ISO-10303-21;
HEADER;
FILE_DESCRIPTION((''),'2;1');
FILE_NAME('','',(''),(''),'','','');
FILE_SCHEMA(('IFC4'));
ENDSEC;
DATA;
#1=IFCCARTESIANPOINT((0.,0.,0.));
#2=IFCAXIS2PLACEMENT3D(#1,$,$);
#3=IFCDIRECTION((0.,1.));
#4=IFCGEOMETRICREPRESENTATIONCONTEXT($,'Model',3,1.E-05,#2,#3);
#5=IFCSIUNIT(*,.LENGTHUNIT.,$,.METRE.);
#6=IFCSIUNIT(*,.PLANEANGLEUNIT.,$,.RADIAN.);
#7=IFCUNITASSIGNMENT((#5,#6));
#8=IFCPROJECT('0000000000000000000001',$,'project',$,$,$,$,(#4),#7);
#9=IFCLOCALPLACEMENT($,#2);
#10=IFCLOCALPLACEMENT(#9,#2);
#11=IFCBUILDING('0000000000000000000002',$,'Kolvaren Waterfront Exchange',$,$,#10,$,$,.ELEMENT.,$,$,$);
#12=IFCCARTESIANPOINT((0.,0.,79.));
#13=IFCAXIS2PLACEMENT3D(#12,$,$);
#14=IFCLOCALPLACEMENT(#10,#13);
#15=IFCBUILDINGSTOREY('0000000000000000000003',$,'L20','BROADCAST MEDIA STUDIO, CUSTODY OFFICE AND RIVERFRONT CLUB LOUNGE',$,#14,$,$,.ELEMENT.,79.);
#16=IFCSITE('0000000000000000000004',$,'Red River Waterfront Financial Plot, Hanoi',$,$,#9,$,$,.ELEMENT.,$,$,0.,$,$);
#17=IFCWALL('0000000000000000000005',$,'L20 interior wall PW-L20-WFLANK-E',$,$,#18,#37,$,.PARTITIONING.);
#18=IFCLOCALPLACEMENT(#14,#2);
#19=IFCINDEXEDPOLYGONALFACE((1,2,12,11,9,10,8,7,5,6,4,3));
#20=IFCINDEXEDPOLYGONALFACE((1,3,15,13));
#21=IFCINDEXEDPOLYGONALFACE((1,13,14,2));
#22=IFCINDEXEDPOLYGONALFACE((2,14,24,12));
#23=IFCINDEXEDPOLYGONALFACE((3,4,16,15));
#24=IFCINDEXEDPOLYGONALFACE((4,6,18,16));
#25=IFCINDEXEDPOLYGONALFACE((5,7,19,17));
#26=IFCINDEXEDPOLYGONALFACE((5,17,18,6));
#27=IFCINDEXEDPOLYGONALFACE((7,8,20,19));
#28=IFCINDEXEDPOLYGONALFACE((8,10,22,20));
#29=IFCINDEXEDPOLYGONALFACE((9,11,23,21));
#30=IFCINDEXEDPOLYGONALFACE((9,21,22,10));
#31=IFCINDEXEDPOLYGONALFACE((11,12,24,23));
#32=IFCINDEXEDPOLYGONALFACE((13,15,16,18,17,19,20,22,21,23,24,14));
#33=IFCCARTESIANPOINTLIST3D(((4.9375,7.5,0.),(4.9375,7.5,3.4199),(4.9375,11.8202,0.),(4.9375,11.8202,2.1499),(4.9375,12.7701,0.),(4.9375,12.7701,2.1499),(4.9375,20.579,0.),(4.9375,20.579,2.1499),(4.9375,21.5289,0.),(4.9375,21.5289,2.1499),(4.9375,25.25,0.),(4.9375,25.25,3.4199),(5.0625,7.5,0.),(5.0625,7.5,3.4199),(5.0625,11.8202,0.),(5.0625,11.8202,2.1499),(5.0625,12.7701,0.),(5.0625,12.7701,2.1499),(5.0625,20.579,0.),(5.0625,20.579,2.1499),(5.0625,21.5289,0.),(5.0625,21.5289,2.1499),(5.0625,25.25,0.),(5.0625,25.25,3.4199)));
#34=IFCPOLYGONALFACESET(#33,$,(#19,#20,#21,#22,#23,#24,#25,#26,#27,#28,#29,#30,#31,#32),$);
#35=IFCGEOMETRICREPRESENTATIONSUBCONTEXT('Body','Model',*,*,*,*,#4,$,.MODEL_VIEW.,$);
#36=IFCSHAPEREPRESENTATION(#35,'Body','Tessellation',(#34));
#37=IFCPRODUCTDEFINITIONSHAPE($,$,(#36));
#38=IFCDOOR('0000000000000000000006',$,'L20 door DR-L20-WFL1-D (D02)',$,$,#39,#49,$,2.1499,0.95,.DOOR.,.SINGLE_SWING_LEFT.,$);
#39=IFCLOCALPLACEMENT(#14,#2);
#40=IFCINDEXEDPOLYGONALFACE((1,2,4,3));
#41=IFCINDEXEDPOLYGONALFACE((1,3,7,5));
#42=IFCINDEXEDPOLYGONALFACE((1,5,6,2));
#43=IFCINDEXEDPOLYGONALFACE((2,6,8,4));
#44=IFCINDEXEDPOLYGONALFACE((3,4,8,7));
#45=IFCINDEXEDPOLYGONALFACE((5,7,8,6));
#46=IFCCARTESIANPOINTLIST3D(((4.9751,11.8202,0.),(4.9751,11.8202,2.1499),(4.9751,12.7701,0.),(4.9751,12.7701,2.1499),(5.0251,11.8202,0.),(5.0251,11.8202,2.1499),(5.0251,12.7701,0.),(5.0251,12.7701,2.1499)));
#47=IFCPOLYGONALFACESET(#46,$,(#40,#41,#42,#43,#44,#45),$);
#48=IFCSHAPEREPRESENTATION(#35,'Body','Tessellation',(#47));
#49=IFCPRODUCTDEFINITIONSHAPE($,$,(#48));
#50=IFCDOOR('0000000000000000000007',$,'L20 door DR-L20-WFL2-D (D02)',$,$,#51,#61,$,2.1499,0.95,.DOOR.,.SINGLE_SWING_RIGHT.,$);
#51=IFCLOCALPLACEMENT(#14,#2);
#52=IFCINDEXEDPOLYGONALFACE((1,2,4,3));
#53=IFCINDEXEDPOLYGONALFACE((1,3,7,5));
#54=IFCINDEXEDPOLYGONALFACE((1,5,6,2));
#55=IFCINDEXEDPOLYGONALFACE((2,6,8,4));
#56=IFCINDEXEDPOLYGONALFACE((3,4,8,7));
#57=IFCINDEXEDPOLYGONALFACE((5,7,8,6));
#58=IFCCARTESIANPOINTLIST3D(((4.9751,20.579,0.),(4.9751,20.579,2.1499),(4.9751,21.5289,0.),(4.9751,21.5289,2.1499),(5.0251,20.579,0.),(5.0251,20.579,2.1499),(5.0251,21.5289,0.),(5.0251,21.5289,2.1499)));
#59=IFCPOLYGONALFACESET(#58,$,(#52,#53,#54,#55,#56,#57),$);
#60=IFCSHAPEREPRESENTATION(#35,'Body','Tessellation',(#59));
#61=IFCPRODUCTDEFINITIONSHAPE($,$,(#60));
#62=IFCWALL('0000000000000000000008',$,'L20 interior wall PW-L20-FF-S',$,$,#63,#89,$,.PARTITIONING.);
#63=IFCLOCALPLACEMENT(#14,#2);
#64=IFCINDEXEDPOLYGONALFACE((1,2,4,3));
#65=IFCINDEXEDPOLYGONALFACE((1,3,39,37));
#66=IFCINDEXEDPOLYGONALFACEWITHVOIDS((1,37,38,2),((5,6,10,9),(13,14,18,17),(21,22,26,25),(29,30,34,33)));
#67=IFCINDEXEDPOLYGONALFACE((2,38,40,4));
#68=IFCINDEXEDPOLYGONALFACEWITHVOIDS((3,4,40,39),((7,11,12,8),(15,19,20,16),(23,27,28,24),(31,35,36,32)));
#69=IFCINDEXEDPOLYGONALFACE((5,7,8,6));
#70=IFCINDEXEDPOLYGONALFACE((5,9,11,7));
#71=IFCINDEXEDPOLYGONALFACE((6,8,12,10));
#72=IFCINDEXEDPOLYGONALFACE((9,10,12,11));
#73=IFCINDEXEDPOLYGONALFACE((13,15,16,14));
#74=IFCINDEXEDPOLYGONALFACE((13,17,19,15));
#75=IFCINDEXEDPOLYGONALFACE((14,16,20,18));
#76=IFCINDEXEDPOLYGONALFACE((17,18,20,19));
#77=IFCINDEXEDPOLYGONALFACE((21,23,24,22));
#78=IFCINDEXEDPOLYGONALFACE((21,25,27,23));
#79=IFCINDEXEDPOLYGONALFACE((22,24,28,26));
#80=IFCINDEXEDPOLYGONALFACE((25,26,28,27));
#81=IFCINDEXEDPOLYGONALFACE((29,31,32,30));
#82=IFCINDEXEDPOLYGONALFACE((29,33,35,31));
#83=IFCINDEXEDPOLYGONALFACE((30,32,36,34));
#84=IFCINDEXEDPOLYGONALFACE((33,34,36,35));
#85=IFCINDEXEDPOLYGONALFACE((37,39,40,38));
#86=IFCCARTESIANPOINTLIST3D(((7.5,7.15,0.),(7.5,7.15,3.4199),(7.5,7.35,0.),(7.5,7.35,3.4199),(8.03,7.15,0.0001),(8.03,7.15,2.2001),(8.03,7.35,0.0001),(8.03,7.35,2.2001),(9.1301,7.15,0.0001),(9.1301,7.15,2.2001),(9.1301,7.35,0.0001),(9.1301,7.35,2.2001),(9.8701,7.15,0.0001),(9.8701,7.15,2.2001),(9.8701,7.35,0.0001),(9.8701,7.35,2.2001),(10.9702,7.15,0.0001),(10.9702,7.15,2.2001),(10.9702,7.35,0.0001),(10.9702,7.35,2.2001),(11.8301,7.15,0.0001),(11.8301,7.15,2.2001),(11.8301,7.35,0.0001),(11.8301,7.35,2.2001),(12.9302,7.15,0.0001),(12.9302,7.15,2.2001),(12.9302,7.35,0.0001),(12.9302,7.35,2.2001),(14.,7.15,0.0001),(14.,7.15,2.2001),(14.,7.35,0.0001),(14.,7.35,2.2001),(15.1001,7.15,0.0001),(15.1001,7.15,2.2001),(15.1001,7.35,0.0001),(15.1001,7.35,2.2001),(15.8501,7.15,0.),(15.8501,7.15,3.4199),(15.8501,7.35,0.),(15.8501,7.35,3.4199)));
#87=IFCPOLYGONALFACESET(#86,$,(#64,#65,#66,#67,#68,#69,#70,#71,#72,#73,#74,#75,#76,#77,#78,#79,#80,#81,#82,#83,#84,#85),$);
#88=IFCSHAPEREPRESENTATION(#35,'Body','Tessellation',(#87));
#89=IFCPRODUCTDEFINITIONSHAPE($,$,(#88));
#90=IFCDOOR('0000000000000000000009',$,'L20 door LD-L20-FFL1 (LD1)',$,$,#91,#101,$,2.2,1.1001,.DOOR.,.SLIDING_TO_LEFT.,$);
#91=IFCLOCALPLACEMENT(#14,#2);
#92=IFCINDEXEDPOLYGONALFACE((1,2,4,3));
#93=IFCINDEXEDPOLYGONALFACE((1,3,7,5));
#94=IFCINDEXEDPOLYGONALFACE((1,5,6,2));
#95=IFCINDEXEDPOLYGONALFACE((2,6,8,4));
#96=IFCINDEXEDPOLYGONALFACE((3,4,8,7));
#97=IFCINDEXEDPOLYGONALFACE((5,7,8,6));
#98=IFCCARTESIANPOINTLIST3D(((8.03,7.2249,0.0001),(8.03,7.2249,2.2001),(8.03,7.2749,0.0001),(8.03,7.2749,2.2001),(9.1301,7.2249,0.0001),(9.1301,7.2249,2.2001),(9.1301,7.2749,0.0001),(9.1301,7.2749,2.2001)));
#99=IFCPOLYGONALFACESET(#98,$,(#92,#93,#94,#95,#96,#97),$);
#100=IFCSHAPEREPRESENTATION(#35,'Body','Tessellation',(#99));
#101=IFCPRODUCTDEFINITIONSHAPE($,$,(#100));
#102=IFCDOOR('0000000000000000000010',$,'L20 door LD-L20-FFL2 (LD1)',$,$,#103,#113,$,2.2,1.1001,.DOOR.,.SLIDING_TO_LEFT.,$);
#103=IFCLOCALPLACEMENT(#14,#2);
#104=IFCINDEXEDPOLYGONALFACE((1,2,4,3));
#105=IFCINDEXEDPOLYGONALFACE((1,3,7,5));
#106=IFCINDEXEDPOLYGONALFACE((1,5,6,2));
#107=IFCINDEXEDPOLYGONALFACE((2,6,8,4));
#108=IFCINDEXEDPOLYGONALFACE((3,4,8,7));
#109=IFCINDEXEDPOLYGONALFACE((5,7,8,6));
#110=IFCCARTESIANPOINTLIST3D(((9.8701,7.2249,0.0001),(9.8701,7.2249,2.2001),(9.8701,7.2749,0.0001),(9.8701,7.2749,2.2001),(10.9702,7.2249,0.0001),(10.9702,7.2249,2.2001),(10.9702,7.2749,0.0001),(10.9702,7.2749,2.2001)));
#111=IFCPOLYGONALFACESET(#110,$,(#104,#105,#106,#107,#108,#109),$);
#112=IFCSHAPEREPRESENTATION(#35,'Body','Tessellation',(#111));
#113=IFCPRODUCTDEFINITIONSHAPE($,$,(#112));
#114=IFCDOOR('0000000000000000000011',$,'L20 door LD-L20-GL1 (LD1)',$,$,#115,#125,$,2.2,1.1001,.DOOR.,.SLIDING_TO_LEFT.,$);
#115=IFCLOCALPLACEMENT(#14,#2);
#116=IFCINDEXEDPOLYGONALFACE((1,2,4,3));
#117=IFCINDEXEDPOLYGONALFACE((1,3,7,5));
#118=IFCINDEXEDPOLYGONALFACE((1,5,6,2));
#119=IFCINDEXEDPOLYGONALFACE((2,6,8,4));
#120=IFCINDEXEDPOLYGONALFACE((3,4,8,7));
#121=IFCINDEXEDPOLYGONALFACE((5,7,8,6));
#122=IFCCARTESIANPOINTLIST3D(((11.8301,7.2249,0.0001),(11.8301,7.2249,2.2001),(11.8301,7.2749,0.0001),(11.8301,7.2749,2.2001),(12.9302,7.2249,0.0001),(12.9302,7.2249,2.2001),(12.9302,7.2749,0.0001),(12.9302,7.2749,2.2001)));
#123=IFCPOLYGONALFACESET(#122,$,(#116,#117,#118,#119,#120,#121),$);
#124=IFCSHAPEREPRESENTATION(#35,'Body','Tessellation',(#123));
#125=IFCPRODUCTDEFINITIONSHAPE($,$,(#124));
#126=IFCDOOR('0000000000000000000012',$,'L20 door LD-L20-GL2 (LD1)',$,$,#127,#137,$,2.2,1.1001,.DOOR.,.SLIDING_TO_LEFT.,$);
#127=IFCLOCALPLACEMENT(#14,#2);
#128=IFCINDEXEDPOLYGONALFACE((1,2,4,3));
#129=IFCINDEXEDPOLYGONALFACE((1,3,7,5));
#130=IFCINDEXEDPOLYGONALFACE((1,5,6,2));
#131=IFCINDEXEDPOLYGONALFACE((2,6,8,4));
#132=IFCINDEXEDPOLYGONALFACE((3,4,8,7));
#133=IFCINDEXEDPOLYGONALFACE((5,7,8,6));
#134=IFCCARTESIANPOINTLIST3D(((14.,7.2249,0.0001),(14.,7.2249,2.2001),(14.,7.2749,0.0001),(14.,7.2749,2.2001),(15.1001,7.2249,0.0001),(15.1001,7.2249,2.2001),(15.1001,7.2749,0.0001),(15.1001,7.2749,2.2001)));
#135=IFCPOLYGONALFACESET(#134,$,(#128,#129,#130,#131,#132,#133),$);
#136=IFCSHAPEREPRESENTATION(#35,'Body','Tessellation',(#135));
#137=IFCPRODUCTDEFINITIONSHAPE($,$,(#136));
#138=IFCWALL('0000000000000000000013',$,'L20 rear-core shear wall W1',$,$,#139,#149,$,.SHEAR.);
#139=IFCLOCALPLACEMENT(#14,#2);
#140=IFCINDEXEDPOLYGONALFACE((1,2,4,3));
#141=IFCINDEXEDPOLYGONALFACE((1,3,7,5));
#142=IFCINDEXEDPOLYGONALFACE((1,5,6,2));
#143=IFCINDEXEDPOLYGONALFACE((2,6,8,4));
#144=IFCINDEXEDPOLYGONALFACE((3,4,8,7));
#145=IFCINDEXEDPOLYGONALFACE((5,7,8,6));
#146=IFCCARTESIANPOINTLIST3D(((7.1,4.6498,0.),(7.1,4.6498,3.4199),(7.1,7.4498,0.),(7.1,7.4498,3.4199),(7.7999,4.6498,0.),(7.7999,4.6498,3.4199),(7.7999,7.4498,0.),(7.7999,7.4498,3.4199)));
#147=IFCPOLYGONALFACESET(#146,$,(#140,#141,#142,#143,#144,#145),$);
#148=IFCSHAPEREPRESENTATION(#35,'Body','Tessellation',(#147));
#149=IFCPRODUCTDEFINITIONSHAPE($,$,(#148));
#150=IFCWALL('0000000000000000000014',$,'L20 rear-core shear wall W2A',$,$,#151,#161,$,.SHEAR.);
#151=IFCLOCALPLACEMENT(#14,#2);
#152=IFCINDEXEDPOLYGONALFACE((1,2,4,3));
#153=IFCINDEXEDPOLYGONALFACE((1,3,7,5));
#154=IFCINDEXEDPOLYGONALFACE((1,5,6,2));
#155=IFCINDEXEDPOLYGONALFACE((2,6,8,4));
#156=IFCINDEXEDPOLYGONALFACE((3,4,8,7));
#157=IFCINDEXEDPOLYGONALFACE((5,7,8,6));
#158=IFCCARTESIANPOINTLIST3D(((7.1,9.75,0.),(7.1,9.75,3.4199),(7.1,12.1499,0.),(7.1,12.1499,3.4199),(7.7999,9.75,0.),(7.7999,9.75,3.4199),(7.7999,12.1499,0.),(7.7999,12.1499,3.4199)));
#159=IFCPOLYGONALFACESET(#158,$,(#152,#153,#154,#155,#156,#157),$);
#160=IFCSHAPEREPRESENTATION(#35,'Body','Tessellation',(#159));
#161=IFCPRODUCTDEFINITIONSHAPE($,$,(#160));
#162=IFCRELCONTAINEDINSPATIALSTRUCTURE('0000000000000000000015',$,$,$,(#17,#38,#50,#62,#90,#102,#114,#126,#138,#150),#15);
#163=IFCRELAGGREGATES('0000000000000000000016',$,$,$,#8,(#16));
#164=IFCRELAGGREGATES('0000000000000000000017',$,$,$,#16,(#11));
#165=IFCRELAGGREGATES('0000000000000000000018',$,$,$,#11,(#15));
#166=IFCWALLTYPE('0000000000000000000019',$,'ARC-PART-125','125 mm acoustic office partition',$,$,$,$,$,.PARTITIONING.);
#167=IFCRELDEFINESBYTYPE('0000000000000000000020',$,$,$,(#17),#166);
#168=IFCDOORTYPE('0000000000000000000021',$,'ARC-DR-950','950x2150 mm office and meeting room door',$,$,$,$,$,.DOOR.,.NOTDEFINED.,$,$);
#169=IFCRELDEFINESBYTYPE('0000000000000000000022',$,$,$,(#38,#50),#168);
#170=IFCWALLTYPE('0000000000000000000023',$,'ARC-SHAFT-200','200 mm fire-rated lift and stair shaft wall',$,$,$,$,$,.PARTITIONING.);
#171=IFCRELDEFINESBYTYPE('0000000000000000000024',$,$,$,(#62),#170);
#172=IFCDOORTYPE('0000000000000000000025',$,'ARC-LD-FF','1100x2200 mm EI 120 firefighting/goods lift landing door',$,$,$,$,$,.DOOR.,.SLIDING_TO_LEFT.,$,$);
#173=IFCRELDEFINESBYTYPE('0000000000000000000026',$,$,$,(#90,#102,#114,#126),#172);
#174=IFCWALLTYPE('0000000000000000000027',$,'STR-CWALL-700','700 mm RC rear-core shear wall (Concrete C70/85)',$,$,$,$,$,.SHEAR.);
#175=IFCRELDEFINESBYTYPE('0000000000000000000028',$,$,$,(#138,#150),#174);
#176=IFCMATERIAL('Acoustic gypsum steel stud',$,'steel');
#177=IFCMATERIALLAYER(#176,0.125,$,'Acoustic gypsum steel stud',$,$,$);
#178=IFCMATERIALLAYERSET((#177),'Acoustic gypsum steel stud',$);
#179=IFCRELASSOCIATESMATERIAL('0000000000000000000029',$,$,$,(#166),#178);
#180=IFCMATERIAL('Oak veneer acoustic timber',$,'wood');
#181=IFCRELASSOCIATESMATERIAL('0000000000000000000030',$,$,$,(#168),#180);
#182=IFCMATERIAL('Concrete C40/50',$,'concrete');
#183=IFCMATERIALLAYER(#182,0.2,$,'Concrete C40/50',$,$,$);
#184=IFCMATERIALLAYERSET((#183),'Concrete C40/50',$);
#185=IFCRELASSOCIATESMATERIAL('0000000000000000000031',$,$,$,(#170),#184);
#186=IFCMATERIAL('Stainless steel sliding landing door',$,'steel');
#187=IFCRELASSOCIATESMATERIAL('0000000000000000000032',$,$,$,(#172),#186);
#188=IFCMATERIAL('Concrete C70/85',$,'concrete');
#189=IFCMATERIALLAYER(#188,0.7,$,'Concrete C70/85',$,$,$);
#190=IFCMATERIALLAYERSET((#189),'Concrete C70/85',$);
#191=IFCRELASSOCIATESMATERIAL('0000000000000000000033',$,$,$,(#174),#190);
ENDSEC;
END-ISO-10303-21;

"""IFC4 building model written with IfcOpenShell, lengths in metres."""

from ifc_helpers import new_model, si_unit, direction, frame, frame_2d, origin, place, context, subcontext, project, spatial, rectangle, extrude, material, layer, layer_set, type_object, element, fill, save


model = new_model("IFC4")

# Units and contexts
model_context = context("Model", 3, precision=1e-05, world=origin(), true_north=direction((0.0, 1.0)))
body_context = subcontext(model_context, "Body", "Model", "MODEL_VIEW")
ifc_project = project(units=[si_unit("LENGTHUNIT", "METRE"), si_unit("PLANEANGLEUNIT", "RADIAN")], contexts=[model_context])

# Site, building, storey
site_placement = place(None, origin())
site = spatial("IfcSite", under=ifc_project, at=site_placement, Name="Red River Waterfront Financial Plot, Hanoi", CompositionType="ELEMENT", RefElevation=0.0)
building_placement = place(site_placement, origin())
building = spatial("IfcBuilding", under=site, at=building_placement, Name="Kolvaren Waterfront Exchange", CompositionType="ELEMENT")
storey_placement = place(building_placement, frame((0.0, 0.0, 79.0)))
storey = spatial("IfcBuildingStorey", under=building, at=storey_placement, Name="L20", Description="BROADCAST MEDIA STUDIO, CUSTODY OFFICE AND RIVERFRONT CLUB LOUNGE", CompositionType="ELEMENT", Elevation=79.0)

# Shared definitions
ifc_material_1 = material(Name="Concrete C70/85", Category="concrete")

# Shared definitions
ifc_material_2 = material(Name="Acoustic gypsum steel stud", Category="steel")
ifc_layer_1 = layer(ifc_material_2, 0.125, Name="Acoustic gypsum steel stud")
ifc_layer_set_1 = layer_set([ifc_layer_1], Name="Acoustic gypsum steel stud")
wall_type_1 = type_object("IfcWallType", Name="ARC-PART-125", Description="125 mm acoustic office partition", PredefinedType="PARTITIONING", material=ifc_layer_set_1)

# Walls, openings, doors
wall_1_placement = place(storey_placement, frame((5.0, 7.5, 0.0), z_axis=(0.0, 0.0, 1.0), x_axis=(0.0, 1.0, 0.0)))
wall_1 = element("IfcWall", 1, at=wall_1_placement, inside=storey, type_object=wall_type_1, Name="L20 interior wall PW-L20-WFLANK-E", PredefinedType="PARTITIONING", context=body_context, shape_type="SweptSolid", body=[
    extrude(rectangle(XDim=17.75, YDim=0.125, at=frame_2d((8.875, 0.0))), origin(), (0.0, 0.0, 1.0), 3.4199),
])
opening_1_placement = place(wall_1_placement, frame((4.3201, 0.0, 0.0)))
opening_1 = element("IfcOpeningElement", 2, at=opening_1_placement, cuts=wall_1, PredefinedType="OPENING", context=body_context, shape_type="SweptSolid", body=[
    extrude(rectangle(XDim=0.95, YDim=2.1499, at=frame_2d((0.4751, 1.075))), frame((0.0, 0.0725, 0.0), z_axis=(0.0, -1.0, 0.0), x_axis=(1.0, 0.0, 0.0)), (0.0, 0.0, 1.0), 0.145),
])
opening_2_placement = place(wall_1_placement, frame((13.0789, 0.0, 0.0)))
opening_2 = element("IfcOpeningElement", 3, at=opening_2_placement, cuts=wall_1, PredefinedType="OPENING", context=body_context, shape_type="SweptSolid", body=[
    extrude(rectangle(XDim=0.95, YDim=2.1499, at=frame_2d((0.4751, 1.075))), frame((0.0, 0.0725, 0.0), z_axis=(0.0, -1.0, 0.0), x_axis=(1.0, 0.0, 0.0)), (0.0, 0.0, 1.0), 0.145),
])
ifc_material_3 = material(Name="Oak veneer acoustic timber", Category="wood")
door_type_1 = type_object("IfcDoorType", Name="ARC-DR-950", Description="950x2150 mm office and meeting room door", OperationType="NOTDEFINED", PredefinedType="DOOR", material=ifc_material_3)
door_1_placement = place(opening_1_placement, origin())
door_1 = element("IfcDoor", 4, at=door_1_placement, inside=storey, type_object=door_type_1, Name="L20 door DR-L20-WFL1-D (D02)", OperationType="SINGLE_SWING_LEFT", OverallHeight=2.1499, OverallWidth=0.95, PredefinedType="DOOR", context=body_context, shape_type="SweptSolid", body=[
    extrude(rectangle(XDim=0.95, YDim=2.1499, at=frame_2d((0.4751, 1.075))), frame((0.0, 0.0249, 0.0), z_axis=(0.0, -1.0, 0.0), x_axis=(1.0, 0.0, 0.0)), (0.0, 0.0, 1.0), 0.05),
])
fill(opening_1, door_1)
door_2_placement = place(opening_2_placement, origin())
door_2 = element("IfcDoor", 5, at=door_2_placement, inside=storey, type_object=door_type_1, Name="L20 door DR-L20-WFL2-D (D02)", OperationType="SINGLE_SWING_RIGHT", OverallHeight=2.1499, OverallWidth=0.95, PredefinedType="DOOR", context=body_context, shape_type="SweptSolid", body=[
    extrude(rectangle(XDim=0.95, YDim=2.1499, at=frame_2d((0.4751, 1.075))), frame((0.0, 0.0249, 0.0), z_axis=(0.0, -1.0, 0.0), x_axis=(1.0, 0.0, 0.0)), (0.0, 0.0, 1.0), 0.05),
])
fill(opening_2, door_2)
ifc_material_4 = material(Name="Concrete C40/50", Category="concrete")
ifc_layer_2 = layer(ifc_material_4, 0.2, Name="Concrete C40/50")
ifc_layer_set_2 = layer_set([ifc_layer_2], Name="Concrete C40/50")
wall_type_2 = type_object("IfcWallType", Name="ARC-SHAFT-200", Description="200 mm fire-rated lift and stair shaft wall", PredefinedType="PARTITIONING", material=ifc_layer_set_2)
wall_2_placement = place(storey_placement, frame((7.5, 7.25, 0.0), z_axis=(0.0, 0.0, 1.0), x_axis=(1.0, 0.0, 0.0)))
wall_2 = element("IfcWall", 6, at=wall_2_placement, inside=storey, type_object=wall_type_2, Name="L20 interior wall PW-L20-FF-S", PredefinedType="PARTITIONING", context=body_context, shape_type="SweptSolid", body=[
    extrude(rectangle(XDim=8.3501, YDim=0.2, at=frame_2d((4.175, 0.0))), origin(), (0.0, 0.0, 1.0), 3.4199),
])
opening_3_placement = place(wall_2_placement, frame((0.53, 0.0, 0.0)))
opening_3 = element("IfcOpeningElement", 7, at=opening_3_placement, cuts=wall_2, PredefinedType="OPENING", context=body_context, shape_type="SweptSolid", body=[
    extrude(rectangle(XDim=1.1001, YDim=2.2, at=frame_2d((0.55, 1.1001))), frame((0.0, 0.1099, 0.0), z_axis=(0.0, -1.0, 0.0), x_axis=(1.0, 0.0, 0.0)), (0.0, 0.0, 1.0), 0.22),
])
opening_4_placement = place(wall_2_placement, frame((2.3701, 0.0, 0.0)))
opening_4 = element("IfcOpeningElement", 8, at=opening_4_placement, cuts=wall_2, PredefinedType="OPENING", context=body_context, shape_type="SweptSolid", body=[
    extrude(rectangle(XDim=1.1001, YDim=2.2, at=frame_2d((0.55, 1.1001))), frame((0.0, 0.1099, 0.0), z_axis=(0.0, -1.0, 0.0), x_axis=(1.0, 0.0, 0.0)), (0.0, 0.0, 1.0), 0.22),
])
opening_5_placement = place(wall_2_placement, frame((4.3301, 0.0, 0.0)))
opening_5 = element("IfcOpeningElement", 9, at=opening_5_placement, cuts=wall_2, PredefinedType="OPENING", context=body_context, shape_type="SweptSolid", body=[
    extrude(rectangle(XDim=1.1001, YDim=2.2, at=frame_2d((0.55, 1.1001))), frame((0.0, 0.1099, 0.0), z_axis=(0.0, -1.0, 0.0), x_axis=(1.0, 0.0, 0.0)), (0.0, 0.0, 1.0), 0.22),
])
opening_6_placement = place(wall_2_placement, frame((6.5, 0.0, 0.0)))
opening_6 = element("IfcOpeningElement", 10, at=opening_6_placement, cuts=wall_2, PredefinedType="OPENING", context=body_context, shape_type="SweptSolid", body=[
    extrude(rectangle(XDim=1.1001, YDim=2.2, at=frame_2d((0.55, 1.1001))), frame((0.0, 0.1099, 0.0), z_axis=(0.0, -1.0, 0.0), x_axis=(1.0, 0.0, 0.0)), (0.0, 0.0, 1.0), 0.22),
])
ifc_material_5 = material(Name="Stainless steel sliding landing door", Category="steel")
door_type_2 = type_object("IfcDoorType", Name="ARC-LD-FF", Description="1100x2200 mm EI 120 firefighting/goods lift landing door", OperationType="SLIDING_TO_LEFT", PredefinedType="DOOR", material=ifc_material_5)
door_3_placement = place(opening_3_placement, origin())
door_3 = element("IfcDoor", 11, at=door_3_placement, inside=storey, type_object=door_type_2, Name="L20 door LD-L20-FFL1 (LD1)", OperationType="SLIDING_TO_LEFT", OverallHeight=2.2, OverallWidth=1.1001, PredefinedType="DOOR", context=body_context, shape_type="SweptSolid", body=[
    extrude(rectangle(XDim=1.1001, YDim=2.2, at=frame_2d((0.55, 1.1001))), frame((0.0, 0.0249, 0.0), z_axis=(0.0, -1.0, 0.0), x_axis=(1.0, 0.0, 0.0)), (0.0, 0.0, 1.0), 0.05),
])
fill(opening_3, door_3)
door_4_placement = place(opening_4_placement, origin())
door_4 = element("IfcDoor", 12, at=door_4_placement, inside=storey, type_object=door_type_2, Name="L20 door LD-L20-FFL2 (LD1)", OperationType="SLIDING_TO_LEFT", OverallHeight=2.2, OverallWidth=1.1001, PredefinedType="DOOR", context=body_context, shape_type="SweptSolid", body=[
    extrude(rectangle(XDim=1.1001, YDim=2.2, at=frame_2d((0.55, 1.1001))), frame((0.0, 0.0249, 0.0), z_axis=(0.0, -1.0, 0.0), x_axis=(1.0, 0.0, 0.0)), (0.0, 0.0, 1.0), 0.05),
])
fill(opening_4, door_4)
door_5_placement = place(opening_5_placement, origin())
door_5 = element("IfcDoor", 13, at=door_5_placement, inside=storey, type_object=door_type_2, Name="L20 door LD-L20-GL1 (LD1)", OperationType="SLIDING_TO_LEFT", OverallHeight=2.2, OverallWidth=1.1001, PredefinedType="DOOR", context=body_context, shape_type="SweptSolid", body=[
    extrude(rectangle(XDim=1.1001, YDim=2.2, at=frame_2d((0.55, 1.1001))), frame((0.0, 0.0249, 0.0), z_axis=(0.0, -1.0, 0.0), x_axis=(1.0, 0.0, 0.0)), (0.0, 0.0, 1.0), 0.05),
])
fill(opening_5, door_5)
door_6_placement = place(opening_6_placement, origin())
door_6 = element("IfcDoor", 14, at=door_6_placement, inside=storey, type_object=door_type_2, Name="L20 door LD-L20-GL2 (LD1)", OperationType="SLIDING_TO_LEFT", OverallHeight=2.2, OverallWidth=1.1001, PredefinedType="DOOR", context=body_context, shape_type="SweptSolid", body=[
    extrude(rectangle(XDim=1.1001, YDim=2.2, at=frame_2d((0.55, 1.1001))), frame((0.0, 0.0249, 0.0), z_axis=(0.0, -1.0, 0.0), x_axis=(1.0, 0.0, 0.0)), (0.0, 0.0, 1.0), 0.05),
])
fill(opening_6, door_6)

# Walls
ifc_layer_3 = layer(ifc_material_1, 0.7, Name="Concrete C70/85")
ifc_layer_set_3 = layer_set([ifc_layer_3], Name="Concrete C70/85")
wall_type_3 = type_object("IfcWallType", Name="STR-CWALL-700", Description="700 mm RC rear-core shear wall (Concrete C70/85)", PredefinedType="SHEAR", material=ifc_layer_set_3)
wall_3_placement = place(storey_placement, frame((7.45, 4.6499, 0.0), z_axis=(0.0, 0.0, 1.0), x_axis=(0.0, 1.0, 0.0)))
element("IfcWall", 15, at=wall_3_placement, inside=storey, type_object=wall_type_3, Name="L20 rear-core shear wall W1", PredefinedType="SHEAR", context=body_context, shape_type="SweptSolid", body=[
    extrude(rectangle(XDim=2.8, YDim=0.7, at=frame_2d((1.3999, 0.0))), origin(), (0.0, 0.0, 1.0), 3.4199),
])
wall_4_placement = place(storey_placement, frame((7.45, 9.75, 0.0), z_axis=(0.0, 0.0, 1.0), x_axis=(0.0, 1.0, 0.0)))
element("IfcWall", 16, at=wall_4_placement, inside=storey, type_object=wall_type_3, Name="L20 rear-core shear wall W2A", PredefinedType="SHEAR", context=body_context, shape_type="SweptSolid", body=[
    extrude(rectangle(XDim=2.3999, YDim=0.7, at=frame_2d((1.2, 0.0))), origin(), (0.0, 0.0, 1.0), 3.4199),
])

save(model, "model.ifc")
